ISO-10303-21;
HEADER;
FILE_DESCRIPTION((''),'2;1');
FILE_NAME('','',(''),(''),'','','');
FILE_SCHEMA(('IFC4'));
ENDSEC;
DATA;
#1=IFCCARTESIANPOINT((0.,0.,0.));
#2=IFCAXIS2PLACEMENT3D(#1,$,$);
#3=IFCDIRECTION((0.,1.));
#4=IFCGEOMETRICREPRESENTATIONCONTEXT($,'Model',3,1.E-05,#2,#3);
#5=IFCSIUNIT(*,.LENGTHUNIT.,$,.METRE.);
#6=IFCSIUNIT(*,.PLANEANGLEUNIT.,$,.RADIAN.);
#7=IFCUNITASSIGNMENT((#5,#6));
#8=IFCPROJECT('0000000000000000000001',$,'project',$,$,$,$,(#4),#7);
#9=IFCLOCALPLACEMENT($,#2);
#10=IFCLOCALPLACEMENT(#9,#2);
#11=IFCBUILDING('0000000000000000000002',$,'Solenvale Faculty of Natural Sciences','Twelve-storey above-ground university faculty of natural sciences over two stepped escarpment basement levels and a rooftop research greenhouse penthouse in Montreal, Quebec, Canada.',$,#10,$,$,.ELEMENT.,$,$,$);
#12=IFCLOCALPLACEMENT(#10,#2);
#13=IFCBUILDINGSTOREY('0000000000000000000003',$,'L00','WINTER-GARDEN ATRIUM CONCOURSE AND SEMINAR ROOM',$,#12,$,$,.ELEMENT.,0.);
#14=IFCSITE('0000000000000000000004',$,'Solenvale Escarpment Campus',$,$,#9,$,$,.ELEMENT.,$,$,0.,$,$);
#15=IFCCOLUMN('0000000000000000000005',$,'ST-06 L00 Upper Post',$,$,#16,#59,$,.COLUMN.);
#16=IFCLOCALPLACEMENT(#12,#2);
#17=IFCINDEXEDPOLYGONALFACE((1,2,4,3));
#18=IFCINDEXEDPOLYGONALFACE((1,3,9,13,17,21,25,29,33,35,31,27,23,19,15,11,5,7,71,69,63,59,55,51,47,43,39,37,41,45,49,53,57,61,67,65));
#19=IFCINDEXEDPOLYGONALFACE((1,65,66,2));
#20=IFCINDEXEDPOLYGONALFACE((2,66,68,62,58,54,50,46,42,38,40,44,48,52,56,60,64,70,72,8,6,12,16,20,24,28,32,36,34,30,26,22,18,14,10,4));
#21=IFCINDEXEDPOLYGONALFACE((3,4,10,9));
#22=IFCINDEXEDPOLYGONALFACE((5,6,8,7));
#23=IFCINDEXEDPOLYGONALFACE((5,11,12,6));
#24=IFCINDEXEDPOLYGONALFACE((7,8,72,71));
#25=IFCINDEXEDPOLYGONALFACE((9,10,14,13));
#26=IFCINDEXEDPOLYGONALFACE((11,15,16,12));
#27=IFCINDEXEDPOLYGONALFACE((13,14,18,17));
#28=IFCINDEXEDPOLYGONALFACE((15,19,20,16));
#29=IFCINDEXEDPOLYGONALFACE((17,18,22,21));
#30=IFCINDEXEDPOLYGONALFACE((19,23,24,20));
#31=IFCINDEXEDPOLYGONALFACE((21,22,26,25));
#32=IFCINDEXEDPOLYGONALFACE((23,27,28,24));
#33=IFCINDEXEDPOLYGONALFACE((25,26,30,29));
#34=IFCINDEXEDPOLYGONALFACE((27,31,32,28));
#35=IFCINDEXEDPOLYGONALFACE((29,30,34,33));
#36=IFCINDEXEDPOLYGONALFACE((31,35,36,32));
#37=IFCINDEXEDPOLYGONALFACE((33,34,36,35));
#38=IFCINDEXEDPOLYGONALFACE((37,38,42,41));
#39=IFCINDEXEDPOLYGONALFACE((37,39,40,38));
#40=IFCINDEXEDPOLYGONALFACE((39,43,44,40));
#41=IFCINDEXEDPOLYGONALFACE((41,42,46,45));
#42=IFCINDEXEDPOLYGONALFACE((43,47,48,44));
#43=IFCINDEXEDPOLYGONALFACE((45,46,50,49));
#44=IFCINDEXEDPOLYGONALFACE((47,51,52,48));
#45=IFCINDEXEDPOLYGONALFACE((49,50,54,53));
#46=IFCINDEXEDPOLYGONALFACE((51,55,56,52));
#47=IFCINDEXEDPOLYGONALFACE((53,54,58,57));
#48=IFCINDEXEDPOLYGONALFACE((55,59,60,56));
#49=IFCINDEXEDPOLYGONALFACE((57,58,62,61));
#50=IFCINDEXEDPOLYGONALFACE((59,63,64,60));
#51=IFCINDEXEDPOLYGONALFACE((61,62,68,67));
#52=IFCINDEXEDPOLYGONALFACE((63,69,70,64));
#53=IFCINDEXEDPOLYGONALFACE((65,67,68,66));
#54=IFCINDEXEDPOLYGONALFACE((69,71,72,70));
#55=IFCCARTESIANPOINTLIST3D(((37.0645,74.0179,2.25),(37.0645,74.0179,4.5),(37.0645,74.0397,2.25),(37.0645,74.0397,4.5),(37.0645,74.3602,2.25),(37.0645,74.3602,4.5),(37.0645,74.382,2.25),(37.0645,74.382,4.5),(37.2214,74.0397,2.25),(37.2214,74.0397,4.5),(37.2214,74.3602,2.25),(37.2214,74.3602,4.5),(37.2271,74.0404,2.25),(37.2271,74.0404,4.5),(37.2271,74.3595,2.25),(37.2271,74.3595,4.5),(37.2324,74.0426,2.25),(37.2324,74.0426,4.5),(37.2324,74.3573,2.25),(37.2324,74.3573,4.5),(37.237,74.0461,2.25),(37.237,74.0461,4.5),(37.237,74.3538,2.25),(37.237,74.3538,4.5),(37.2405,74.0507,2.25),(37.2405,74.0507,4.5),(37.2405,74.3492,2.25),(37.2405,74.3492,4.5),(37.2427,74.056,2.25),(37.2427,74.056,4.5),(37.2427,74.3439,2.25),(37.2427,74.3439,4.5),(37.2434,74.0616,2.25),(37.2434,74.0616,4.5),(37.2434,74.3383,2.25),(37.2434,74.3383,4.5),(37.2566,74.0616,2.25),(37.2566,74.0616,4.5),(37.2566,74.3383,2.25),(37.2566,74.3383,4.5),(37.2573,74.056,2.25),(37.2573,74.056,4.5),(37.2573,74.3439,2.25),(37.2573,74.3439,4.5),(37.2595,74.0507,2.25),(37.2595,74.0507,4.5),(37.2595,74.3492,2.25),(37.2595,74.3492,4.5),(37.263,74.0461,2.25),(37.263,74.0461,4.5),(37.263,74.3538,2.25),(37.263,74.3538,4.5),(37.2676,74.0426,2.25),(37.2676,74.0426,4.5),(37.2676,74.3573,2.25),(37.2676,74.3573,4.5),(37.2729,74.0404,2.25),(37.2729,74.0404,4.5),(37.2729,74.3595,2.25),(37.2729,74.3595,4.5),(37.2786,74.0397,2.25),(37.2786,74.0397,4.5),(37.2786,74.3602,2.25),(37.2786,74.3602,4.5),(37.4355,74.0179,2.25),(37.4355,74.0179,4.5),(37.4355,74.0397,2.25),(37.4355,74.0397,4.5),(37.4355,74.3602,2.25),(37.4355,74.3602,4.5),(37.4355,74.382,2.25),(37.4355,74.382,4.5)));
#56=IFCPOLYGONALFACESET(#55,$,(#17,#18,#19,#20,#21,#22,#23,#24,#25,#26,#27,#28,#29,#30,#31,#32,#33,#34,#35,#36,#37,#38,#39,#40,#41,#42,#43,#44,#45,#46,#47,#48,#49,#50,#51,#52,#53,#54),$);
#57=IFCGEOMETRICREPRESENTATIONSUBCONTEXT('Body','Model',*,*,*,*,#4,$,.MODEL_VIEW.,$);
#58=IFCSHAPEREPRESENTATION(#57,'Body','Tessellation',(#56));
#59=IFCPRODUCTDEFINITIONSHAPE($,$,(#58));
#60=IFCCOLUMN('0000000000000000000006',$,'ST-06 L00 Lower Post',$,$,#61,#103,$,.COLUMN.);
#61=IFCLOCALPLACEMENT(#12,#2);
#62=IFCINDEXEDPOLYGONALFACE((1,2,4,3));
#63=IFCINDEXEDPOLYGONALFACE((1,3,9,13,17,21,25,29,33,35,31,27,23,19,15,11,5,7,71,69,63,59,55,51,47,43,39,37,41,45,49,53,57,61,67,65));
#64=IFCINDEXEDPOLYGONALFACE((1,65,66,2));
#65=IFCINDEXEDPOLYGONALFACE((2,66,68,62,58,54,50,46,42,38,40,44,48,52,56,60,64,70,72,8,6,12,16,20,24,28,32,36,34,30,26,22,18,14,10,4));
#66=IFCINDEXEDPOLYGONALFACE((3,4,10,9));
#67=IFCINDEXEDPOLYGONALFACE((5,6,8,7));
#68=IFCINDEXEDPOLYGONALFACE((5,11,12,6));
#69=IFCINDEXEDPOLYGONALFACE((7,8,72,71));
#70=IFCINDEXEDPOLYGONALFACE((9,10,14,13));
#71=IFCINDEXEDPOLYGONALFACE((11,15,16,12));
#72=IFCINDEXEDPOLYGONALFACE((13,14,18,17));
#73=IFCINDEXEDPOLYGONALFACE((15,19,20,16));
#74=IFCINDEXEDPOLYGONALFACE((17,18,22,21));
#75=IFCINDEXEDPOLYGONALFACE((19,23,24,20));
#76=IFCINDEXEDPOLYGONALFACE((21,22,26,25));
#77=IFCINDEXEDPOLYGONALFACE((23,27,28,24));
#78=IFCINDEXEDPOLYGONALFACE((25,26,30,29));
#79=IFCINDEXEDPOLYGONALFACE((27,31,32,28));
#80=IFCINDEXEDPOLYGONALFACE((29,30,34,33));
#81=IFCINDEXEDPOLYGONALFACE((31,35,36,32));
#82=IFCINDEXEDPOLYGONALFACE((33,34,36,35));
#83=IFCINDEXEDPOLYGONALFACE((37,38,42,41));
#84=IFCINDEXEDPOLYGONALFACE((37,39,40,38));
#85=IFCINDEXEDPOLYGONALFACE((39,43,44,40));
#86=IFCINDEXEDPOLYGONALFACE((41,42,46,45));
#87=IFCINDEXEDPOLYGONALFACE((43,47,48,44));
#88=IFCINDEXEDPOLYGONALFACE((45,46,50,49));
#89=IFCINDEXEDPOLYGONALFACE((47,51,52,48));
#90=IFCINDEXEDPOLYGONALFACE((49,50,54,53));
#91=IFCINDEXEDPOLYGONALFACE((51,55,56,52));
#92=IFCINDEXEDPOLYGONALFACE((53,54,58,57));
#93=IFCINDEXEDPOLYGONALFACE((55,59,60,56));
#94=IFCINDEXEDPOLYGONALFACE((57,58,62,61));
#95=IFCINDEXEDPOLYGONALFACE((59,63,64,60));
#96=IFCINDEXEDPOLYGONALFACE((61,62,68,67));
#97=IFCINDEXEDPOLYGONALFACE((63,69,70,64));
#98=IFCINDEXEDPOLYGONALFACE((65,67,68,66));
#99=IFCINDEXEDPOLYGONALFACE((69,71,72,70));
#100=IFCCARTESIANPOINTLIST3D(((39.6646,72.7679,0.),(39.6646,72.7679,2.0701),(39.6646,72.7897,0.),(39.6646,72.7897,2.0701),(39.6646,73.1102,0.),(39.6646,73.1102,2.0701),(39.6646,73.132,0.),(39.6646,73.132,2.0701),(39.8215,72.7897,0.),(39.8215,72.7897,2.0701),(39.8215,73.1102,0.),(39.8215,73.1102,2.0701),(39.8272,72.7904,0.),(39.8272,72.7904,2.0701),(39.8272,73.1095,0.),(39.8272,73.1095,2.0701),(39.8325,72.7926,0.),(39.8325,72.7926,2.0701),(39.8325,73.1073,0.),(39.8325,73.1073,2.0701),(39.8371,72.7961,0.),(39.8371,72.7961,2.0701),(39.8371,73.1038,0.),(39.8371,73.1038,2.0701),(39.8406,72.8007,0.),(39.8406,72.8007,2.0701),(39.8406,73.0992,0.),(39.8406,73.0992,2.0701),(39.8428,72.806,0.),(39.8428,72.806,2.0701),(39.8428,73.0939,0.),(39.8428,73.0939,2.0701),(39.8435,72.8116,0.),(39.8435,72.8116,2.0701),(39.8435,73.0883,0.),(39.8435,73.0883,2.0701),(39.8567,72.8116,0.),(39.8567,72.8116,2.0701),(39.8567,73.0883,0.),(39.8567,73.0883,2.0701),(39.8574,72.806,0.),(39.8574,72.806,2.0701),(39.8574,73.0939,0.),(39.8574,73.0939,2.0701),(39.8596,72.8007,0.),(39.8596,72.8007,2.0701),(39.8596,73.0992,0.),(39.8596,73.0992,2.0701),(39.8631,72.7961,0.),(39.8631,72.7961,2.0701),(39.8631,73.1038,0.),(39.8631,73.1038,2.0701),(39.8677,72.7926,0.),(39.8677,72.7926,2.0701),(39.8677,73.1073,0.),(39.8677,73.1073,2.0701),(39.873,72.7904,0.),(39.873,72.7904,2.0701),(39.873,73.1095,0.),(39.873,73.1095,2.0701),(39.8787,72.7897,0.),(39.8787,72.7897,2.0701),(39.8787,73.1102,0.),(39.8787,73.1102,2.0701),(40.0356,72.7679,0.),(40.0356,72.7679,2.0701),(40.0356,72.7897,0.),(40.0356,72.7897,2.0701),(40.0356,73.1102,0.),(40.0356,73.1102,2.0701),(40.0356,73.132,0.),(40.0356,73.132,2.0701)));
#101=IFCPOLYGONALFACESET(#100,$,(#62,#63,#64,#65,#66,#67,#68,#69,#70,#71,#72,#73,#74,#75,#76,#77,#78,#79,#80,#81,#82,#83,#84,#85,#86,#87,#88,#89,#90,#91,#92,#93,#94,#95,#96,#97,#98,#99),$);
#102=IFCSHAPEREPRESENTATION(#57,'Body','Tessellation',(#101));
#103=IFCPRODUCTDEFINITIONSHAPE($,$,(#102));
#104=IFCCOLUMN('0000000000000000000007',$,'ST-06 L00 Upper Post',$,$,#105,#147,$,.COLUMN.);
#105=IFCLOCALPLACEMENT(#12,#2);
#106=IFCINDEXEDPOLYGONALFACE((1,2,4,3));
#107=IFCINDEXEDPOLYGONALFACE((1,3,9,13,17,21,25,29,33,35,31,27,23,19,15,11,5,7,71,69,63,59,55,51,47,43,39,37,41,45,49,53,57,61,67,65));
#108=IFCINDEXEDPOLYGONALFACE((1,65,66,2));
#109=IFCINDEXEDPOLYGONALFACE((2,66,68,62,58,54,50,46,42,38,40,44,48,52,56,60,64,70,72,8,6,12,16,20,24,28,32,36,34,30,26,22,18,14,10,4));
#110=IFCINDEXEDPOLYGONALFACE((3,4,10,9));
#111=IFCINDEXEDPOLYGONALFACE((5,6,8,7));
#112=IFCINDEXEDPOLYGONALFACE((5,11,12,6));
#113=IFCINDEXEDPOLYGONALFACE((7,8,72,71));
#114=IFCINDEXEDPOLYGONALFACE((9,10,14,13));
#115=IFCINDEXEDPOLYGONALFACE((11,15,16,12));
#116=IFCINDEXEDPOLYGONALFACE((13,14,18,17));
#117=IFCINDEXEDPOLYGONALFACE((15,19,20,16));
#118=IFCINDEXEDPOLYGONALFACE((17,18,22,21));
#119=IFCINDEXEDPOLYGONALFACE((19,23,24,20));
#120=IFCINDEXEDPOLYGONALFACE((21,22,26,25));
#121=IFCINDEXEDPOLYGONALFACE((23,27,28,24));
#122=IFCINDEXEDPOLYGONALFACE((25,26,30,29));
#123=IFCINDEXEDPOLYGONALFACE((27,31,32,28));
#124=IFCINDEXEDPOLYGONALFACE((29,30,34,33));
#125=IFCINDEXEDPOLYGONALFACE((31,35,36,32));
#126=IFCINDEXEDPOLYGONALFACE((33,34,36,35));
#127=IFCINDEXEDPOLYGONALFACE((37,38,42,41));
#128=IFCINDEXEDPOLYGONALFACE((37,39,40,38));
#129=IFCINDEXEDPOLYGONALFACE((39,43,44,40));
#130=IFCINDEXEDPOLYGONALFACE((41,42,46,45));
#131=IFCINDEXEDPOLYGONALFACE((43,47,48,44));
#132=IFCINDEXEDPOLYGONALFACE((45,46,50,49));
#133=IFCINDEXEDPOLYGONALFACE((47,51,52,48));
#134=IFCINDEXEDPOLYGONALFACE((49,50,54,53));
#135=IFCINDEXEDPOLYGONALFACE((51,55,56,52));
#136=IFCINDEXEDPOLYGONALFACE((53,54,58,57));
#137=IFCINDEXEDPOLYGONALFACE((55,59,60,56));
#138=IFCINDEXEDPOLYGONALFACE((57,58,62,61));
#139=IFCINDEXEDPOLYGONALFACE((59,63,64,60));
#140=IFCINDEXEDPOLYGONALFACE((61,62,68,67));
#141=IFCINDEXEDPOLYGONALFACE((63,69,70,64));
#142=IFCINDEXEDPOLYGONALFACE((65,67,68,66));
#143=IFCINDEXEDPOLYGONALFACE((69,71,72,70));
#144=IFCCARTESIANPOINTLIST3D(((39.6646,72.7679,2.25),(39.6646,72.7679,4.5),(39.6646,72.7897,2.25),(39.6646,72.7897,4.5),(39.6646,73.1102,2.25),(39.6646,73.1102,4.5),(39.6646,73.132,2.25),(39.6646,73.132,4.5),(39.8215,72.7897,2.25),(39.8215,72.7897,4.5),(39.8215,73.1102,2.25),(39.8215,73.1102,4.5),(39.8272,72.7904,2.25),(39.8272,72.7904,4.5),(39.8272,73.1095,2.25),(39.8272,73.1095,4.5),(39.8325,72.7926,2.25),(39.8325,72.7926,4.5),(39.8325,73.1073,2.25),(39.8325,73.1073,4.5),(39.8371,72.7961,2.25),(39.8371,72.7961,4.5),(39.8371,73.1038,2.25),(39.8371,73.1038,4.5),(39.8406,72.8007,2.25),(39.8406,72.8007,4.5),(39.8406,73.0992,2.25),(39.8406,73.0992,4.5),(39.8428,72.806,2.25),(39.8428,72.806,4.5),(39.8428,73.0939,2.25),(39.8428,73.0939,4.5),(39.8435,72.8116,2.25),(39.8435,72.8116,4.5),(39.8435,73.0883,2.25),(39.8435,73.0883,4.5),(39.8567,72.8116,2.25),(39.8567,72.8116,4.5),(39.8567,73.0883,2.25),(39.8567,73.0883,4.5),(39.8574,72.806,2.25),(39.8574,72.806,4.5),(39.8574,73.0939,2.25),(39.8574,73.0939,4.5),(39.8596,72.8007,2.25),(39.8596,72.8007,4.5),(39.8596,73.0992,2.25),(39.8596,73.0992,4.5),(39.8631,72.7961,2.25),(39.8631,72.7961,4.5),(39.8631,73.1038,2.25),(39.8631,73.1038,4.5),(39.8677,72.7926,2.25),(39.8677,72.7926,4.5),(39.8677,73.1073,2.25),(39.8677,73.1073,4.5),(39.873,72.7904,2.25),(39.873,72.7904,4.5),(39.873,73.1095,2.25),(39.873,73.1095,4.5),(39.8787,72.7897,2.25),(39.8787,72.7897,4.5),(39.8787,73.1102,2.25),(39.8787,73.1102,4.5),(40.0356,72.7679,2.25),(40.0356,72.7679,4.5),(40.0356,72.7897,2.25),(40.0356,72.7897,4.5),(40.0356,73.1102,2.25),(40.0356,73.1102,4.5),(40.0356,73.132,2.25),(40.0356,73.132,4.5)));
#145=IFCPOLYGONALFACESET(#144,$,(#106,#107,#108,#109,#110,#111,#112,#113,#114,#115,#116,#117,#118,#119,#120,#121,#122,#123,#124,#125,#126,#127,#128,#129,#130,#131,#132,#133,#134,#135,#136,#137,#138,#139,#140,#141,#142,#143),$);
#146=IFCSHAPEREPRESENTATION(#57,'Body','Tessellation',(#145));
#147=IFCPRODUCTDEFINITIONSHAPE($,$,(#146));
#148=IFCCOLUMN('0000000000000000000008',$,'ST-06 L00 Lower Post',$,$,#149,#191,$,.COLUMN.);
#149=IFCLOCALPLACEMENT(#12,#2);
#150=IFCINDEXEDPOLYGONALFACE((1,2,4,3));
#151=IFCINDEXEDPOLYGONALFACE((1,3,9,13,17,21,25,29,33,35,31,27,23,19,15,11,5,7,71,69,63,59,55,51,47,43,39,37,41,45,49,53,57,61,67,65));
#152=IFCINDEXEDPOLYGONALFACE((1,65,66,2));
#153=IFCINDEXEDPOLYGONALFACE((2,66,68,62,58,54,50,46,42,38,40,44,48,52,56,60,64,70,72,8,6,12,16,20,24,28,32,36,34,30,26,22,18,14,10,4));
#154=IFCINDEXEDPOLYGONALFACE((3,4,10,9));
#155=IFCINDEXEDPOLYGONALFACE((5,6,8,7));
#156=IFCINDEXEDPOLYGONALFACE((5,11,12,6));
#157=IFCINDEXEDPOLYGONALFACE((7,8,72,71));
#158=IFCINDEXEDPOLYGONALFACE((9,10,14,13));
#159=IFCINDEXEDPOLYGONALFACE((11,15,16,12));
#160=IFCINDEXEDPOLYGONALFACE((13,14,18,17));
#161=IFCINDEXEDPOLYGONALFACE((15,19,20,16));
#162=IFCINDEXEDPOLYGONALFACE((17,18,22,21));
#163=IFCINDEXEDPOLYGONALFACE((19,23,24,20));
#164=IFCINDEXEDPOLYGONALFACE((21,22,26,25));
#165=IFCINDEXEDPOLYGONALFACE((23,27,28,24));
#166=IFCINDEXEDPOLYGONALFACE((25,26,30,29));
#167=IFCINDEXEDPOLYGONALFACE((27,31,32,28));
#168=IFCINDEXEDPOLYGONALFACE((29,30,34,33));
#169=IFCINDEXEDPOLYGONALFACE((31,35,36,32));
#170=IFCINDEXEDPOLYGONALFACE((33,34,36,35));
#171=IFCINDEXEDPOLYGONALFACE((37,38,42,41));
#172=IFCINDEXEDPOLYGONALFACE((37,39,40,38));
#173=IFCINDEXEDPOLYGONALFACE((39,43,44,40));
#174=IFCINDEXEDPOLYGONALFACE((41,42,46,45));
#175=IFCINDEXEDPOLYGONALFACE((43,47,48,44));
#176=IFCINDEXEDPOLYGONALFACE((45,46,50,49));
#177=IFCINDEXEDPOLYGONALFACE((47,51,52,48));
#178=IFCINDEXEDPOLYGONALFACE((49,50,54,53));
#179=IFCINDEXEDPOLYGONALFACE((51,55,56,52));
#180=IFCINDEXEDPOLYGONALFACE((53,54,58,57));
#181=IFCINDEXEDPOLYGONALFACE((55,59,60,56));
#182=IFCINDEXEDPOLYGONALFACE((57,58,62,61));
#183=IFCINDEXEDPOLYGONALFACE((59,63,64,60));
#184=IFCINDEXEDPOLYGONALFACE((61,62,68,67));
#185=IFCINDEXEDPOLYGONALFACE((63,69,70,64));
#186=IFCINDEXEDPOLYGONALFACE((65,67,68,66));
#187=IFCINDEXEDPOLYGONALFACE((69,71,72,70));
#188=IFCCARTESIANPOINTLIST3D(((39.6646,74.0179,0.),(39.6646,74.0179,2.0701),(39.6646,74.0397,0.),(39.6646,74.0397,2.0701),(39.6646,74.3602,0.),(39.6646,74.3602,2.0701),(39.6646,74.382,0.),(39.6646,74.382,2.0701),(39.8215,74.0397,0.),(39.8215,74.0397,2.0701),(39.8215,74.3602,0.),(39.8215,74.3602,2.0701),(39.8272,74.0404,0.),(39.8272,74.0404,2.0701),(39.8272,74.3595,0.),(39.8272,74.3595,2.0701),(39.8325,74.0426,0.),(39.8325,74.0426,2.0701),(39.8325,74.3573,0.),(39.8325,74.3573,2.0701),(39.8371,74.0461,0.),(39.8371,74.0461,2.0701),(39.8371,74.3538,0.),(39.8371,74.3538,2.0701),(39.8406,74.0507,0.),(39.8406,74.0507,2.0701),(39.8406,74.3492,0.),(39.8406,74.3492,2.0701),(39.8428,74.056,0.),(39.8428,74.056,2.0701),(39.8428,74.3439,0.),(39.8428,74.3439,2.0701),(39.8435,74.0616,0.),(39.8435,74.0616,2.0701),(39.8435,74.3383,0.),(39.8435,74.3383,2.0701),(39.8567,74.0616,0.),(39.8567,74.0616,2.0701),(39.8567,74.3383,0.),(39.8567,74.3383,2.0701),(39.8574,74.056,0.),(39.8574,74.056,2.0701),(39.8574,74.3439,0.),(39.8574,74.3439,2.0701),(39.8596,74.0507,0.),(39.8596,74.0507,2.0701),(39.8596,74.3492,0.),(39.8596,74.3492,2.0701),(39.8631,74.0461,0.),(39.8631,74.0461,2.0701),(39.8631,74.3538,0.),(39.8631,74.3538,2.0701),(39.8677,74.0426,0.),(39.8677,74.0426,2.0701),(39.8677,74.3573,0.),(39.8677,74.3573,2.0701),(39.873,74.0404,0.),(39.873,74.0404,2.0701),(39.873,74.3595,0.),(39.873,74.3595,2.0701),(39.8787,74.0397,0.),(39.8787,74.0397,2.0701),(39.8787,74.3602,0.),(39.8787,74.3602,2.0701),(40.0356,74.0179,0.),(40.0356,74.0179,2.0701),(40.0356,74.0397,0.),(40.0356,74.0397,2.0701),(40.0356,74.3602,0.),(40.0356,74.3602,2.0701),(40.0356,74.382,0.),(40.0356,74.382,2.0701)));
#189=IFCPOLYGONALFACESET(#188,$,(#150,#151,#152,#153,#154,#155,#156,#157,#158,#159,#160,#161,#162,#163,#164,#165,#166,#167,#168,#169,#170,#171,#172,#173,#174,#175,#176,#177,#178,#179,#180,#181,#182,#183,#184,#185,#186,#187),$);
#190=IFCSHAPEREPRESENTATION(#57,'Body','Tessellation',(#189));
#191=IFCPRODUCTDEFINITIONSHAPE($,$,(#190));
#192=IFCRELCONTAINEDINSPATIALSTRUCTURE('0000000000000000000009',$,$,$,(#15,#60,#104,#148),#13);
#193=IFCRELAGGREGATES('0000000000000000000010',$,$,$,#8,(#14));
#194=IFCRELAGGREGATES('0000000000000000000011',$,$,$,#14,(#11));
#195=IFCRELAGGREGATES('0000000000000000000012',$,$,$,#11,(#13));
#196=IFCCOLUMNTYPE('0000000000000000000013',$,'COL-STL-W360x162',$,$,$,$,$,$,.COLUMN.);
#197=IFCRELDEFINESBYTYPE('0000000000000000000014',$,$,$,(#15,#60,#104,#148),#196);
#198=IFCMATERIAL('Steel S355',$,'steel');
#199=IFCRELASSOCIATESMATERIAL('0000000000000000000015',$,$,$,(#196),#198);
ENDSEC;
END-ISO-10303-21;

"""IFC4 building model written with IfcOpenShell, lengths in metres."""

from ifc_helpers import new_model, si_unit, direction, frame, origin, origin_2d, place, context, subcontext, project, spatial, i_section, extrude, material, material_profile, profile_set, type_object, element, save


model = new_model("IFC4")

# Units and contexts
model_context = context("Model", 3, precision=1e-05, world=origin(), true_north=direction((0.0, 1.0)))
body_context = subcontext(model_context, "Body", "Model", "MODEL_VIEW")
ifc_project = project(units=[si_unit("LENGTHUNIT", "METRE"), si_unit("PLANEANGLEUNIT", "RADIAN")], contexts=[model_context])

# Site, building, storey
site_placement = place(None, origin())
site = spatial("IfcSite", under=ifc_project, at=site_placement, Name="Solenvale Escarpment Campus", CompositionType="ELEMENT", RefElevation=0.0)
building_placement = place(site_placement, origin())
building = spatial("IfcBuilding", under=site, at=building_placement, Name="Solenvale Faculty of Natural Sciences", Description="Twelve-storey above-ground university faculty of natural sciences over two stepped escarpment basement levels and a rooftop research greenhouse penthouse in Montreal, Quebec, Canada.", CompositionType="ELEMENT")
storey_placement = place(building_placement, origin())
storey = spatial("IfcBuildingStorey", under=building, at=storey_placement, Name="L00", Description="WINTER-GARDEN ATRIUM CONCOURSE AND SEMINAR ROOM", CompositionType="ELEMENT", Elevation=0.0)

# Columns
ifc_material_1 = material(Name="Steel S355", Category="steel")
ifc_material_profile_1 = material_profile(ifc_material_1, i_section(OverallWidth=0.3711, OverallDepth=0.364, WebThickness=0.0132, FlangeThickness=0.0217, FilletRadius=0.022, at=origin_2d()), Name="W360x162")
ifc_profile_set_1 = profile_set([ifc_material_profile_1], Name="Steel S355")
column_type_1 = type_object("IfcColumnType", Name="COL-STL-W360x162", PredefinedType="COLUMN", material=ifc_profile_set_1)
column_1_placement = place(storey_placement, frame((37.25, 74.2, 2.25), z_axis=(0.0, 0.0, 1.0), x_axis=(1.0, 0.0, 0.0)))
element("IfcColumn", 1, at=column_1_placement, inside=storey, type_object=column_type_1, Name="ST-06 L00 Upper Post", PredefinedType="COLUMN", context=body_context, shape_type="SweptSolid", body=[
    extrude(i_section(OverallWidth=0.3711, OverallDepth=0.364, WebThickness=0.0132, FlangeThickness=0.0217, FilletRadius=0.022, at=origin_2d()), origin(), (0.0, 0.0, 1.0), 2.25),
])
column_2_placement = place(storey_placement, frame((39.8501, 72.95, 0.0), z_axis=(0.0, 0.0, 1.0), x_axis=(1.0, 0.0, 0.0)))
element("IfcColumn", 2, at=column_2_placement, inside=storey, type_object=column_type_1, Name="ST-06 L00 Lower Post", PredefinedType="COLUMN", context=body_context, shape_type="SweptSolid", body=[
    extrude(i_section(OverallWidth=0.3711, OverallDepth=0.364, WebThickness=0.0132, FlangeThickness=0.0217, FilletRadius=0.022, at=origin_2d()), origin(), (0.0, 0.0, 1.0), 2.0701),
])
column_3_placement = place(storey_placement, frame((39.8501, 72.95, 2.25), z_axis=(0.0, 0.0, 1.0), x_axis=(1.0, 0.0, 0.0)))
element("IfcColumn", 3, at=column_3_placement, inside=storey, type_object=column_type_1, Name="ST-06 L00 Upper Post", PredefinedType="COLUMN", context=body_context, shape_type="SweptSolid", body=[
    extrude(i_section(OverallWidth=0.3711, OverallDepth=0.364, WebThickness=0.0132, FlangeThickness=0.0217, FilletRadius=0.022, at=origin_2d()), origin(), (0.0, 0.0, 1.0), 2.25),
])
column_4_placement = place(storey_placement, frame((39.8501, 74.2, 0.0), z_axis=(0.0, 0.0, 1.0), x_axis=(1.0, 0.0, 0.0)))
element("IfcColumn", 4, at=column_4_placement, inside=storey, type_object=column_type_1, Name="ST-06 L00 Lower Post", PredefinedType="COLUMN", context=body_context, shape_type="SweptSolid", body=[
    extrude(i_section(OverallWidth=0.3711, OverallDepth=0.364, WebThickness=0.0132, FlangeThickness=0.0217, FilletRadius=0.022, at=origin_2d()), origin(), (0.0, 0.0, 1.0), 2.0701),
])

save(model, "model.ifc")
